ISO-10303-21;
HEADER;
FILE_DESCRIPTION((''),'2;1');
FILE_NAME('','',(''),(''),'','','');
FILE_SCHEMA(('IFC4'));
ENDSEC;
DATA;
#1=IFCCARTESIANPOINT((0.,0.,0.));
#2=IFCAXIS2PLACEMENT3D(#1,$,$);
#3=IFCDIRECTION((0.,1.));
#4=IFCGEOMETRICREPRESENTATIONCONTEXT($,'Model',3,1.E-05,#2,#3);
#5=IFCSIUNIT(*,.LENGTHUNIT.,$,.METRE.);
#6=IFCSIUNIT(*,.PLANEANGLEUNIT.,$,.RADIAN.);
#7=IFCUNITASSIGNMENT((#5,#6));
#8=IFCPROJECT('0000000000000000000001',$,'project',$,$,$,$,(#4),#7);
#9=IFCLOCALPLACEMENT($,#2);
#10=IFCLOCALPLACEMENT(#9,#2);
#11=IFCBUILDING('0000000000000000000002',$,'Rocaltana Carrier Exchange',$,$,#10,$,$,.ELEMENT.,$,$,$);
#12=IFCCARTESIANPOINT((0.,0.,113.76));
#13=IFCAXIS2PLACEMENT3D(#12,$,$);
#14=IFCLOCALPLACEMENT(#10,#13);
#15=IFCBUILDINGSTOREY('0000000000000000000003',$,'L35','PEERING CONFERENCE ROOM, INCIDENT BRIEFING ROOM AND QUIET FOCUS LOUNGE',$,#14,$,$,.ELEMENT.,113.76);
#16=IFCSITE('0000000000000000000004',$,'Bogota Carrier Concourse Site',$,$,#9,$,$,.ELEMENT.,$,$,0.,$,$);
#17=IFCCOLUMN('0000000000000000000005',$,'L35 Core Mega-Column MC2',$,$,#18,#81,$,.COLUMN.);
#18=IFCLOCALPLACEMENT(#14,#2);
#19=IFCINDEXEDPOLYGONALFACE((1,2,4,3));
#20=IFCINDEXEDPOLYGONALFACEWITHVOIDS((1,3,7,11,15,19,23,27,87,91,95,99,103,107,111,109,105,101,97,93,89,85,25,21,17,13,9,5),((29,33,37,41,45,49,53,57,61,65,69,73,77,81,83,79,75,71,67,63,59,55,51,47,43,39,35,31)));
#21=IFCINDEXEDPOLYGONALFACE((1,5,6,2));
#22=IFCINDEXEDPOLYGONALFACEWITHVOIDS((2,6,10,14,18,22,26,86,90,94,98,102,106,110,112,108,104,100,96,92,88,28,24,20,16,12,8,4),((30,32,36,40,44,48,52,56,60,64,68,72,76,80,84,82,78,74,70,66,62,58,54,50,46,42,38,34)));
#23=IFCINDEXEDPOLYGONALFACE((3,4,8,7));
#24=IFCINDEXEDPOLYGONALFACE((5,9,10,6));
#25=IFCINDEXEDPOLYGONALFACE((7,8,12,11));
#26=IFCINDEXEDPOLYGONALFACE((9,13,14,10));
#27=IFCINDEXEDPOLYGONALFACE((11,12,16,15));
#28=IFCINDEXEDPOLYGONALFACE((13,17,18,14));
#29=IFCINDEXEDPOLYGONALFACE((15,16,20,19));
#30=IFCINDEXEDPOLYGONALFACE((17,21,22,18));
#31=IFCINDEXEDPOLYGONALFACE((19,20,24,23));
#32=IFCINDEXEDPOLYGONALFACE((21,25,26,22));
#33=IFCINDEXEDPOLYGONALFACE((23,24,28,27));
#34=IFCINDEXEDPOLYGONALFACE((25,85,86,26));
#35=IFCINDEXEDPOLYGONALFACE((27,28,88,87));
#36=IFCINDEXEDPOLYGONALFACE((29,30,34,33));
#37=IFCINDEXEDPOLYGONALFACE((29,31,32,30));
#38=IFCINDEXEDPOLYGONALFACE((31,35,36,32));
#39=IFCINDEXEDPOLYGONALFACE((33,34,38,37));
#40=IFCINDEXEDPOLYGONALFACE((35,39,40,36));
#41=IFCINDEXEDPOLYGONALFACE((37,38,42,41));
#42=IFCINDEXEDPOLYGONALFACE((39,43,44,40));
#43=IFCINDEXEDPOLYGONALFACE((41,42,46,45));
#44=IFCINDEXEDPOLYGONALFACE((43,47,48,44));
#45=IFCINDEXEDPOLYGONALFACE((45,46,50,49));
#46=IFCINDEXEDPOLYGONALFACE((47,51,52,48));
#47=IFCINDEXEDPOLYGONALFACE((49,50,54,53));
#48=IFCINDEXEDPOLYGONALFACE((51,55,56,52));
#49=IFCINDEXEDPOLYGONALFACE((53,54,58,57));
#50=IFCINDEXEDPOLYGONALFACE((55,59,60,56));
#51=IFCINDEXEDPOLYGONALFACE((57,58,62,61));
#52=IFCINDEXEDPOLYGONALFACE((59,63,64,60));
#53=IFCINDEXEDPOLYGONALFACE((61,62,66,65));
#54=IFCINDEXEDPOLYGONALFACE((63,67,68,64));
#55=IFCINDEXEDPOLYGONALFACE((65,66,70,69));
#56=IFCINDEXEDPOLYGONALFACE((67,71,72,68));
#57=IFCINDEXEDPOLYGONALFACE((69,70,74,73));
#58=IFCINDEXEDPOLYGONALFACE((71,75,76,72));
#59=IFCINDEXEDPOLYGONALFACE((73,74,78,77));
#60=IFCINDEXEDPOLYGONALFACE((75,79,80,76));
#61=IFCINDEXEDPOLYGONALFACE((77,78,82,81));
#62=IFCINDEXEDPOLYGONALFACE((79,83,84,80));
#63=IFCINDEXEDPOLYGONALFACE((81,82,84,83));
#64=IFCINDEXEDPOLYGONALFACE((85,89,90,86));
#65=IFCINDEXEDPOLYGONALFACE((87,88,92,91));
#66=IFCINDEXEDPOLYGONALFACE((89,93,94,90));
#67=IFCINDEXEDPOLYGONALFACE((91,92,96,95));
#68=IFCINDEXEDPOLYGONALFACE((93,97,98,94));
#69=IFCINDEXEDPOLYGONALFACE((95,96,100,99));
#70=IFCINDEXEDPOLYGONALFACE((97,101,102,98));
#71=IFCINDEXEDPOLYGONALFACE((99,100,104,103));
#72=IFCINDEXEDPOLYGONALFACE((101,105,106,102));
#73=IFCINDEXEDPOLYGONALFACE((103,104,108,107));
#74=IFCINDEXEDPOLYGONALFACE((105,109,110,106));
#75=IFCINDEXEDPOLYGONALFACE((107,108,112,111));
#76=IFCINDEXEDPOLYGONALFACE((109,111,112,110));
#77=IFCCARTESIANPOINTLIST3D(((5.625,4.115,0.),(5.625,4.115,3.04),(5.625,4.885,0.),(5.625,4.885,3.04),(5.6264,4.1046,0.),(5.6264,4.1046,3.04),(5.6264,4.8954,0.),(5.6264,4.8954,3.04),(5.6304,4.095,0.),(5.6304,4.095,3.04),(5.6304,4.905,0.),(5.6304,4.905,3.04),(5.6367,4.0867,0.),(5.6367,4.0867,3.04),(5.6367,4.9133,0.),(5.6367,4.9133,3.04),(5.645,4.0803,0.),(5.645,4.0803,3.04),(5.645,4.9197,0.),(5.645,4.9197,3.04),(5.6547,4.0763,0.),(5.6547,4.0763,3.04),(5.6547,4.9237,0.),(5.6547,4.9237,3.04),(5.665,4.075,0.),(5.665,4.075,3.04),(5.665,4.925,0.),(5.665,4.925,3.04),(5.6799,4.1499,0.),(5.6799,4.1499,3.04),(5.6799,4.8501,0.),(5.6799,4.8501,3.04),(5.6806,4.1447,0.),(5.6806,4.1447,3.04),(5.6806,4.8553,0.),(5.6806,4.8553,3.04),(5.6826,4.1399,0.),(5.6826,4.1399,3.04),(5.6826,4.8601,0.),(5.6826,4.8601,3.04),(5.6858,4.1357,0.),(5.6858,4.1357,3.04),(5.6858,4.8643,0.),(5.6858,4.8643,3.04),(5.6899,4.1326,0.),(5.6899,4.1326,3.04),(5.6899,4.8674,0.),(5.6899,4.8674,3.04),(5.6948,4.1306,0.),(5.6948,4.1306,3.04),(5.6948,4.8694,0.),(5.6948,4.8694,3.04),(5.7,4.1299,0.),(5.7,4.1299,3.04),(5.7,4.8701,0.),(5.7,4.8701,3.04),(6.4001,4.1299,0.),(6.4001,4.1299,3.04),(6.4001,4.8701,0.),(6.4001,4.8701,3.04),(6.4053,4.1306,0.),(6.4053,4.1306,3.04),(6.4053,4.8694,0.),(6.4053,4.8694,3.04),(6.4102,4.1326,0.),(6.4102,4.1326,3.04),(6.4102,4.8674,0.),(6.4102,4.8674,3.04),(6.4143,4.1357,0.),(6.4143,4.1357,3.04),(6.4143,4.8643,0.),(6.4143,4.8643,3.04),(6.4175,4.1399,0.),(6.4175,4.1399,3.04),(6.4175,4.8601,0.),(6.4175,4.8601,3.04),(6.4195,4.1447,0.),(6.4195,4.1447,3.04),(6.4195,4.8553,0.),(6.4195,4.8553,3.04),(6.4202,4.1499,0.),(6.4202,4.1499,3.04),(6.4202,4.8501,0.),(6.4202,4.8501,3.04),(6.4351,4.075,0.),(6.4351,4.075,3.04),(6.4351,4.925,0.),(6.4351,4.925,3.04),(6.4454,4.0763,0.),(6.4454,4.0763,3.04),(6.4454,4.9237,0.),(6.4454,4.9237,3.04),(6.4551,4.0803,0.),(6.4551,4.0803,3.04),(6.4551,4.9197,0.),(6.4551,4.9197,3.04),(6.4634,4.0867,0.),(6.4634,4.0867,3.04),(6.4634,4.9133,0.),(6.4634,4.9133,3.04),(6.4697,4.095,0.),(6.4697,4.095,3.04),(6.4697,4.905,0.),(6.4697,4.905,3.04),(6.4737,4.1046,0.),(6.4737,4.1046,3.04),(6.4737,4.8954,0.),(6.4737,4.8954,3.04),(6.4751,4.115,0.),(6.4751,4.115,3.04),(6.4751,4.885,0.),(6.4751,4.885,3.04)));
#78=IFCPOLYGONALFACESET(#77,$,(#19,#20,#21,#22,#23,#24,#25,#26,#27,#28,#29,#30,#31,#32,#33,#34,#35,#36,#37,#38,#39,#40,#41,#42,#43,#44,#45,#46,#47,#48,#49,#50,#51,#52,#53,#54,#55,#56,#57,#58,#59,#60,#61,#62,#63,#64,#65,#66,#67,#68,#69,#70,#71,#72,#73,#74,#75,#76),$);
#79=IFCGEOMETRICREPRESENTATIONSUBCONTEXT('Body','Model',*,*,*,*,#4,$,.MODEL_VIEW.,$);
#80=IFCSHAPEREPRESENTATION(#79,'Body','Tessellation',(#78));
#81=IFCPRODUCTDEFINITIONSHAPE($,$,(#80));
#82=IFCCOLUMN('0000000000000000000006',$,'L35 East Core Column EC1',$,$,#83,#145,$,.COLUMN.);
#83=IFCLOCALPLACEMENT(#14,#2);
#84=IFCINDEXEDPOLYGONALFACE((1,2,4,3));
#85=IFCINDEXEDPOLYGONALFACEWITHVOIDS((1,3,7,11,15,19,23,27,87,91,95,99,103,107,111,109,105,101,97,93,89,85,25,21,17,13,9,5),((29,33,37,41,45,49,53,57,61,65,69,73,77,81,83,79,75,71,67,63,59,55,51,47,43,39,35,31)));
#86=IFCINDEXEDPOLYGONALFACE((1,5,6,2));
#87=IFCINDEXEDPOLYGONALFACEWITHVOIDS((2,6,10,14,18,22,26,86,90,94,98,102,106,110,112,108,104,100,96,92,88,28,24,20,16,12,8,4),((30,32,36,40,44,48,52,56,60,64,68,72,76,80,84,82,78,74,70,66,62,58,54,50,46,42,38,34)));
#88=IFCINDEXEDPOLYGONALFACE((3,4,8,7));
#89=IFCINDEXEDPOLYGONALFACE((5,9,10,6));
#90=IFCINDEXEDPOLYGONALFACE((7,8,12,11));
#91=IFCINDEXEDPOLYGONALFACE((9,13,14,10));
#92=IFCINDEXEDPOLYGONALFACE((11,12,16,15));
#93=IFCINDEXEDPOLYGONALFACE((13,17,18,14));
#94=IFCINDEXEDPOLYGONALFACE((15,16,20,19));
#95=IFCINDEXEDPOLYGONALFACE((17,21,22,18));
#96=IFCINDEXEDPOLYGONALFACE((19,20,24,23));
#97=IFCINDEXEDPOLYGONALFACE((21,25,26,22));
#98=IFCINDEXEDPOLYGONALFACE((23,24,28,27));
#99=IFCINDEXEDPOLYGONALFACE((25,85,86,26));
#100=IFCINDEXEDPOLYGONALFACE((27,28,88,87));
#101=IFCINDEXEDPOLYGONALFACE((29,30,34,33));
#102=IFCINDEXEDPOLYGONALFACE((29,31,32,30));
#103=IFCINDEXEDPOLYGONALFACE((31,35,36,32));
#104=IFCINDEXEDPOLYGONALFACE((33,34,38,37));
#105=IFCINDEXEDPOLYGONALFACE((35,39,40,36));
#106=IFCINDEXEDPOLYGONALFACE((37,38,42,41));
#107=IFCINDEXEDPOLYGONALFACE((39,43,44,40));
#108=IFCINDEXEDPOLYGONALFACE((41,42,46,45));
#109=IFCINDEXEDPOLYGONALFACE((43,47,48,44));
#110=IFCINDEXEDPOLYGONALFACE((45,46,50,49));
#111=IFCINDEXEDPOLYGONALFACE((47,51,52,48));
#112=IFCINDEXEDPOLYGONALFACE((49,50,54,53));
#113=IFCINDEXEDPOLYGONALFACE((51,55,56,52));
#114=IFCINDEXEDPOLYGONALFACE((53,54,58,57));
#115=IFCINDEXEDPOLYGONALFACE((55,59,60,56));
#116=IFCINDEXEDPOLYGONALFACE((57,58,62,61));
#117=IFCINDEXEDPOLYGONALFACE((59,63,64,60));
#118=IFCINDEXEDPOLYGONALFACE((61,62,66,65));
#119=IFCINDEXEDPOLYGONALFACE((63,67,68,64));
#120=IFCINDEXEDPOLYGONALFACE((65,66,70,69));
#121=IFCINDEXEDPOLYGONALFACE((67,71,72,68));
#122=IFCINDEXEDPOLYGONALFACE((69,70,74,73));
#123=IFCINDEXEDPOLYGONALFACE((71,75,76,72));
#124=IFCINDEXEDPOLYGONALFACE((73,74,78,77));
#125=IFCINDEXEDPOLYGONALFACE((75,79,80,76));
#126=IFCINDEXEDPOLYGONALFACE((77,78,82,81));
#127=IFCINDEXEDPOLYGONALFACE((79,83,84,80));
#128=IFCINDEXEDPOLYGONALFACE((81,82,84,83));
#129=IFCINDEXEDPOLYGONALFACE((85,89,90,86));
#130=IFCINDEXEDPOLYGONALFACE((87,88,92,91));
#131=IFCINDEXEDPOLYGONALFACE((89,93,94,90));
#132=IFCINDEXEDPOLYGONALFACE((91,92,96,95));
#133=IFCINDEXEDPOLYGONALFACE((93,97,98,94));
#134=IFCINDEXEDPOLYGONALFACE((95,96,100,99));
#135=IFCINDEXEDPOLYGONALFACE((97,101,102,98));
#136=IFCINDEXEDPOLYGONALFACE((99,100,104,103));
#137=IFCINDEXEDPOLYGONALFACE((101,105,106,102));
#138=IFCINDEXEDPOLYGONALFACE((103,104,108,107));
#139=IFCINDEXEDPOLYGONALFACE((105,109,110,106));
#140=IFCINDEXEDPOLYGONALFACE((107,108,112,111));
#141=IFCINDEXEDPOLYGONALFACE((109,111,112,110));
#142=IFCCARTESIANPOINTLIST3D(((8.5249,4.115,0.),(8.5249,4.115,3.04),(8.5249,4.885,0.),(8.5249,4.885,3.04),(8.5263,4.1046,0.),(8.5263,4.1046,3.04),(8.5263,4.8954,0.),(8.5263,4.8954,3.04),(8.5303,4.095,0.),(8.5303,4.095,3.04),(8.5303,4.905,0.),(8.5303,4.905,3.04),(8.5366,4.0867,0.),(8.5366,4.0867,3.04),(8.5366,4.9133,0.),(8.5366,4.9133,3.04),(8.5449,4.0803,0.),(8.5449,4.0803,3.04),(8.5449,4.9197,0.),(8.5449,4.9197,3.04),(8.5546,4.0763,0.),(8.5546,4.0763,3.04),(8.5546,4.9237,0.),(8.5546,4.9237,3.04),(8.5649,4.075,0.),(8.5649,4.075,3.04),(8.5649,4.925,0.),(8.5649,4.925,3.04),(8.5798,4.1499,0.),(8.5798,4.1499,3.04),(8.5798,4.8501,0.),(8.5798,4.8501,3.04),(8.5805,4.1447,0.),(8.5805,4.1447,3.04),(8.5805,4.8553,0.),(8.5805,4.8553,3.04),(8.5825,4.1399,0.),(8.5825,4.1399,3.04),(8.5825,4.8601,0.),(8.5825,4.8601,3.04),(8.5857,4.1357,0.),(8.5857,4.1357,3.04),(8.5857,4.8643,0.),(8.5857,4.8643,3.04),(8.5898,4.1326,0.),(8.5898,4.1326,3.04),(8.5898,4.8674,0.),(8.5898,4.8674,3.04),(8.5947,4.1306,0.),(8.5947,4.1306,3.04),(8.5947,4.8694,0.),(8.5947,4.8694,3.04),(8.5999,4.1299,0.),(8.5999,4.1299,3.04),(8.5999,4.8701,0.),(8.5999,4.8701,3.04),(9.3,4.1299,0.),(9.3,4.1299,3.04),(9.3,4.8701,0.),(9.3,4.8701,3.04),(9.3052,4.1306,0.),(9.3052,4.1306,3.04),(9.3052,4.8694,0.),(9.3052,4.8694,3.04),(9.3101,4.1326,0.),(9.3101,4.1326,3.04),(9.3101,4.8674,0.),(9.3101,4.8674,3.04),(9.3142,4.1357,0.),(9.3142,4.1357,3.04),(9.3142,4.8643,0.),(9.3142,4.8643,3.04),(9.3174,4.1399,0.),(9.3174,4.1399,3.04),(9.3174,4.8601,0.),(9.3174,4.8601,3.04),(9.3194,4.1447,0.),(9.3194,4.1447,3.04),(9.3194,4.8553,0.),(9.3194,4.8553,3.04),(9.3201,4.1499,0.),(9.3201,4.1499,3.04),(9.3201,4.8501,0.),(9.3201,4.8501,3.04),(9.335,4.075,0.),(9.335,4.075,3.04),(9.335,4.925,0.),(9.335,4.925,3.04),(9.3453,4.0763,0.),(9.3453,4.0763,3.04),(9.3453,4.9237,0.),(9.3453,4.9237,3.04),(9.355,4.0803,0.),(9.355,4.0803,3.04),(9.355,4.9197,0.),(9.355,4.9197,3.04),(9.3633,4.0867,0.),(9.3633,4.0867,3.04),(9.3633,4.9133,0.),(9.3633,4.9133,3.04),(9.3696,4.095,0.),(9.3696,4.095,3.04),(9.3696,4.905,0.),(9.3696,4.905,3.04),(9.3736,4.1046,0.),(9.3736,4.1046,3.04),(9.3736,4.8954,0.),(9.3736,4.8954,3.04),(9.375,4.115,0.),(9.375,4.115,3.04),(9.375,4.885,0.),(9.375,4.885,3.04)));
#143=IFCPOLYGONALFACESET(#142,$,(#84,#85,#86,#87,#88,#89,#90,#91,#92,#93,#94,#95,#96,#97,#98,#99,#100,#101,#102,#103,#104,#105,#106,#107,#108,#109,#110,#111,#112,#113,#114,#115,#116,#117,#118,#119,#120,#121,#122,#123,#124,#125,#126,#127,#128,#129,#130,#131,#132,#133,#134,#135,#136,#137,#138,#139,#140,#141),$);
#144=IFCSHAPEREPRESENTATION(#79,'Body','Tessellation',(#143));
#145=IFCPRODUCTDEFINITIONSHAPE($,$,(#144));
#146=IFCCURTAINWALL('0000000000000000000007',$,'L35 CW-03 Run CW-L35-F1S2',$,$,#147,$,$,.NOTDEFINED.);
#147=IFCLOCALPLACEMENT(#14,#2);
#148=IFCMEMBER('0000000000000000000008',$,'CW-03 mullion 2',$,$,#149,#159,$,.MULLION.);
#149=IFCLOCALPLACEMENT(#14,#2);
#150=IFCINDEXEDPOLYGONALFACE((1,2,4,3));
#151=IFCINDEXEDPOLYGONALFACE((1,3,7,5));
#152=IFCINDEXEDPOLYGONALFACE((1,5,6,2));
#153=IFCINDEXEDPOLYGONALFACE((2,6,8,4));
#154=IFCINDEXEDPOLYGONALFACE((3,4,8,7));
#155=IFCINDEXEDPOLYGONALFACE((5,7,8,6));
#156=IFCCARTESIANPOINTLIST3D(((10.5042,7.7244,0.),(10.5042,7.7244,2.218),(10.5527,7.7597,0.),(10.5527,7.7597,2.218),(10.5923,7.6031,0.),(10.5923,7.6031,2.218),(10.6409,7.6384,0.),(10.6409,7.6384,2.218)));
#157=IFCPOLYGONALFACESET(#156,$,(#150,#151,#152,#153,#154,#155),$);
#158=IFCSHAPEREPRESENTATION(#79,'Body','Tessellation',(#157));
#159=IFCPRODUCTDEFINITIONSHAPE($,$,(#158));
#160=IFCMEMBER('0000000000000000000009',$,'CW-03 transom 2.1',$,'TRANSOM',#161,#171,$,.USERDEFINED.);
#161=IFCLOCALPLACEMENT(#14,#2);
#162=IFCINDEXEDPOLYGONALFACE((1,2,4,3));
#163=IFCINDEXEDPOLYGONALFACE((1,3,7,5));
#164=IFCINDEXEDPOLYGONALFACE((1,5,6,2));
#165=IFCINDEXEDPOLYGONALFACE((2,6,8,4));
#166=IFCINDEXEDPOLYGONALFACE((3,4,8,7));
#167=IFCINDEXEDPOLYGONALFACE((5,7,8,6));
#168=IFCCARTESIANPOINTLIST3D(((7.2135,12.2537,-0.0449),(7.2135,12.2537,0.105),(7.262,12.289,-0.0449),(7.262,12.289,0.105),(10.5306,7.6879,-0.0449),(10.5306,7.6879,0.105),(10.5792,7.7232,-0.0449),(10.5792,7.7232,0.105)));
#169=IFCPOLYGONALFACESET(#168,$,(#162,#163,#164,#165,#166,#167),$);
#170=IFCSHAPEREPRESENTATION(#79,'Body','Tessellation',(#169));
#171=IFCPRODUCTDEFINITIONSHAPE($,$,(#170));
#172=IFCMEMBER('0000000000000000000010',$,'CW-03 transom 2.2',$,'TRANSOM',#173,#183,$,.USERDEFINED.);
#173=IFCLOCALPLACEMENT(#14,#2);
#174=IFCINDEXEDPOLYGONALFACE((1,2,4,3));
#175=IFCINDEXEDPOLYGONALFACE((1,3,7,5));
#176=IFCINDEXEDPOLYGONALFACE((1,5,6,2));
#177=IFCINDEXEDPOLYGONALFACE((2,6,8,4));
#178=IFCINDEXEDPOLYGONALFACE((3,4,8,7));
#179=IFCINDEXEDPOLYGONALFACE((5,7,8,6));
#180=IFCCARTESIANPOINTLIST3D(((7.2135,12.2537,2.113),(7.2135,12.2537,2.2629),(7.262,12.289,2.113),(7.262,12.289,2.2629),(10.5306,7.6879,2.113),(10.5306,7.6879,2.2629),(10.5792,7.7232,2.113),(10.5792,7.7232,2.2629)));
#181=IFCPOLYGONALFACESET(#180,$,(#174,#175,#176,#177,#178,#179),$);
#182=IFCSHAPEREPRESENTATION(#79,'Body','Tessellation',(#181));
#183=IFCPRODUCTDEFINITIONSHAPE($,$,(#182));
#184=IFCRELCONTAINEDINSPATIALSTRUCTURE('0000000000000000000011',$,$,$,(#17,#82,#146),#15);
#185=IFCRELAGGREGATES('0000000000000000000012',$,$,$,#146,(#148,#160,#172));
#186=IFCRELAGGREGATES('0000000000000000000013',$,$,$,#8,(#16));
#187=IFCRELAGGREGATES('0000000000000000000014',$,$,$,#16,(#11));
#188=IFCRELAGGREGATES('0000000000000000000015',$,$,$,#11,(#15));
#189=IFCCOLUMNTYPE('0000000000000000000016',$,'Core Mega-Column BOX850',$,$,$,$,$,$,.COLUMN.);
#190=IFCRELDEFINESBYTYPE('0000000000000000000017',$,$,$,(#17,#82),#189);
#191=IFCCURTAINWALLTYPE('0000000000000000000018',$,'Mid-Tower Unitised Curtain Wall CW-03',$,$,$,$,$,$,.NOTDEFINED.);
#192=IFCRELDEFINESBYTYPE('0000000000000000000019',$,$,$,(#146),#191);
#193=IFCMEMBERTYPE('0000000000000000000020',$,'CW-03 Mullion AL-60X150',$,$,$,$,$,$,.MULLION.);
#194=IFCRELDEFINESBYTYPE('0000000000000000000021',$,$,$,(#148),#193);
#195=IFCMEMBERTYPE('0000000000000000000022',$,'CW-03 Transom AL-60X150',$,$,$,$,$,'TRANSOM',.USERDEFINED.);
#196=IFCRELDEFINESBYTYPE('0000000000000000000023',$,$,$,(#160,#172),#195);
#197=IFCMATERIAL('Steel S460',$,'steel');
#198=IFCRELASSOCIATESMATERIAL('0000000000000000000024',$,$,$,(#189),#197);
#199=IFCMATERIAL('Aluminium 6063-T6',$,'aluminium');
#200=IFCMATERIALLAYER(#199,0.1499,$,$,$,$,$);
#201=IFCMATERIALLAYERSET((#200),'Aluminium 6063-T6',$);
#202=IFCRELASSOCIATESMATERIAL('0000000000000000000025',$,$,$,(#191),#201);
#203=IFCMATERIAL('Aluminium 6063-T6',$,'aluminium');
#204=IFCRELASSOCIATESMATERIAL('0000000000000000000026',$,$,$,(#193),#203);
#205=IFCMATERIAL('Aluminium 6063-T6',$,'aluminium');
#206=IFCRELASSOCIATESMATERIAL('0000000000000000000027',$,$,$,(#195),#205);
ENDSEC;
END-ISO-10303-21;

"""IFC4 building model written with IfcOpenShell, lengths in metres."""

from ifc_helpers import new_model, si_unit, direction, frame, origin, origin_2d, place, context, subcontext, project, spatial, rectangle, hollow_rectangle, extrude, material, layer, layer_set, material_profile, profile_set, type_object, element, aggregate, save


model = new_model("IFC4")

# Units and contexts
model_context = context("Model", 3, precision=1e-05, world=origin(), true_north=direction((0.0, 1.0)))
body_context = subcontext(model_context, "Body", "Model", "MODEL_VIEW")
ifc_project = project(units=[si_unit("LENGTHUNIT", "METRE"), si_unit("PLANEANGLEUNIT", "RADIAN")], contexts=[model_context])

# Site, building, storey
site_placement = place(None, origin())
site = spatial("IfcSite", under=ifc_project, at=site_placement, Name="Bogota Carrier Concourse Site", CompositionType="ELEMENT", RefElevation=0.0)
building_placement = place(site_placement, origin())
building = spatial("IfcBuilding", under=site, at=building_placement, Name="Rocaltana Carrier Exchange", CompositionType="ELEMENT")
storey_placement = place(building_placement, frame((0.0, 0.0, 113.76)))
storey = spatial("IfcBuildingStorey", under=building, at=storey_placement, Name="L35", Description="PEERING CONFERENCE ROOM, INCIDENT BRIEFING ROOM AND QUIET FOCUS LOUNGE", CompositionType="ELEMENT", Elevation=113.76)

# Columns
ifc_material_1 = material(Name="Steel S460", Category="steel")
ifc_material_profile_1 = material_profile(ifc_material_1, hollow_rectangle(XDim=0.8501, YDim=0.8501, WallThickness=0.0549, InnerFilletRadius=0.02, OuterFilletRadius=0.04, at=origin_2d()), Name="BOX850X850X55")
ifc_profile_set_1 = profile_set([ifc_material_profile_1], Name="Steel S460")
column_type = type_object("IfcColumnType", Name="Core Mega-Column BOX850", PredefinedType="COLUMN", material=ifc_profile_set_1)
for number, where, z_axis, x_axis, name in (
    (1, (6.05, 4.5, 0.0), (0.0, 0.0, 1.0), (1.0, 0.0, 0.0), "L35 Core Mega-Column MC2"),
    (2, (8.95, 4.5, 0.0), (0.0, 0.0, 1.0), (1.0, 0.0, 0.0), "L35 East Core Column EC1"),
):
    element("IfcColumn", number, at=place(storey_placement, frame(where, z_axis=z_axis, x_axis=x_axis)), inside=storey, type_object=column_type, Name=name, PredefinedType="COLUMN", context=body_context, shape_type="SweptSolid", body=[
        extrude(hollow_rectangle(XDim=0.8501, YDim=0.8501, WallThickness=0.0549, InnerFilletRadius=0.02, OuterFilletRadius=0.04, at=origin_2d()), origin(), (0.0, 0.0, 1.0), 3.04),
    ])

# Curtain wall, members
ifc_material_2 = material(Name="Aluminium 6063-T6", Category="aluminium")
ifc_layer_1 = layer(ifc_material_2, 0.1499)
ifc_layer_set_1 = layer_set([ifc_layer_1], Name="Aluminium 6063-T6")
curtain_wall_type = type_object("IfcCurtainWallType", Name="Mid-Tower Unitised Curtain Wall CW-03", PredefinedType="NOTDEFINED", material=ifc_layer_set_1)
curtain_wall_placement = place(storey_placement, origin())
curtain_wall = element("IfcCurtainWall", 3, at=curtain_wall_placement, inside=storey, type_object=curtain_wall_type, Name="L35 CW-03 Run CW-L35-F1S2", PredefinedType="NOTDEFINED")
ifc_material_3 = material(Name="Aluminium 6063-T6", Category="aluminium")
ifc_material_profile_2 = material_profile(ifc_material_3, rectangle(XDim=0.0601, YDim=0.1499, at=origin_2d()), Name="AL-60X150")
ifc_profile_set_2 = profile_set([ifc_material_profile_2], Name="Aluminium 6063-T6")
member_type_1 = type_object("IfcMemberType", Name="CW-03 Mullion AL-60X150", PredefinedType="MULLION", material=ifc_profile_set_2)
member_1_placement = place(storey_placement, frame((10.5725, 7.6814, 0.0), z_axis=(0.0, 0.0, 1.0), x_axis=(-0.809014, -0.58779, 0.0)))
member_1 = element("IfcMember", 4, at=member_1_placement, type_object=member_type_1, Name="CW-03 mullion 2", PredefinedType="MULLION", context=body_context, shape_type="SweptSolid", body=[
    extrude(rectangle(XDim=0.0601, YDim=0.1499, at=origin_2d()), origin(), (0.0, 0.0, 1.0), 2.218),
])
ifc_material_4 = material(Name="Aluminium 6063-T6", Category="aluminium")
ifc_material_profile_3 = material_profile(ifc_material_4, rectangle(XDim=0.0601, YDim=0.1499, at=origin_2d()), Name="AL-60X150")
ifc_profile_set_3 = profile_set([ifc_material_profile_3], Name="Aluminium 6063-T6")
member_type_2 = type_object("IfcMemberType", Name="CW-03 Transom AL-60X150", ElementType="TRANSOM", PredefinedType="USERDEFINED", material=ifc_profile_set_3)
member_2_placement = place(storey_placement, frame((10.5549, 7.7056, 0.03), z_axis=(-0.587783, 0.809018, 0.0), x_axis=(-0.809018, -0.587783, 0.0)))
member_2 = element("IfcMember", 5, at=member_2_placement, type_object=member_type_2, Name="CW-03 transom 2.1", ObjectType="TRANSOM", PredefinedType="USERDEFINED", context=body_context, shape_type="SweptSolid", body=[
    extrude(rectangle(XDim=0.0601, YDim=0.1499, at=origin_2d()), origin(), (0.0, 0.0, 1.0), 5.6436),
])
member_3_placement = place(storey_placement, frame((10.5549, 7.7056, 2.188), z_axis=(-0.587783, 0.809018, 0.0), x_axis=(-0.809018, -0.587783, 0.0)))
member_3 = element("IfcMember", 6, at=member_3_placement, type_object=member_type_2, Name="CW-03 transom 2.2", ObjectType="TRANSOM", PredefinedType="USERDEFINED", context=body_context, shape_type="SweptSolid", body=[
    extrude(rectangle(XDim=0.0601, YDim=0.1499, at=origin_2d()), origin(), (0.0, 0.0, 1.0), 5.6436),
])

aggregate(curtain_wall, [member_1, member_2, member_3])

save(model, "model.ifc")
